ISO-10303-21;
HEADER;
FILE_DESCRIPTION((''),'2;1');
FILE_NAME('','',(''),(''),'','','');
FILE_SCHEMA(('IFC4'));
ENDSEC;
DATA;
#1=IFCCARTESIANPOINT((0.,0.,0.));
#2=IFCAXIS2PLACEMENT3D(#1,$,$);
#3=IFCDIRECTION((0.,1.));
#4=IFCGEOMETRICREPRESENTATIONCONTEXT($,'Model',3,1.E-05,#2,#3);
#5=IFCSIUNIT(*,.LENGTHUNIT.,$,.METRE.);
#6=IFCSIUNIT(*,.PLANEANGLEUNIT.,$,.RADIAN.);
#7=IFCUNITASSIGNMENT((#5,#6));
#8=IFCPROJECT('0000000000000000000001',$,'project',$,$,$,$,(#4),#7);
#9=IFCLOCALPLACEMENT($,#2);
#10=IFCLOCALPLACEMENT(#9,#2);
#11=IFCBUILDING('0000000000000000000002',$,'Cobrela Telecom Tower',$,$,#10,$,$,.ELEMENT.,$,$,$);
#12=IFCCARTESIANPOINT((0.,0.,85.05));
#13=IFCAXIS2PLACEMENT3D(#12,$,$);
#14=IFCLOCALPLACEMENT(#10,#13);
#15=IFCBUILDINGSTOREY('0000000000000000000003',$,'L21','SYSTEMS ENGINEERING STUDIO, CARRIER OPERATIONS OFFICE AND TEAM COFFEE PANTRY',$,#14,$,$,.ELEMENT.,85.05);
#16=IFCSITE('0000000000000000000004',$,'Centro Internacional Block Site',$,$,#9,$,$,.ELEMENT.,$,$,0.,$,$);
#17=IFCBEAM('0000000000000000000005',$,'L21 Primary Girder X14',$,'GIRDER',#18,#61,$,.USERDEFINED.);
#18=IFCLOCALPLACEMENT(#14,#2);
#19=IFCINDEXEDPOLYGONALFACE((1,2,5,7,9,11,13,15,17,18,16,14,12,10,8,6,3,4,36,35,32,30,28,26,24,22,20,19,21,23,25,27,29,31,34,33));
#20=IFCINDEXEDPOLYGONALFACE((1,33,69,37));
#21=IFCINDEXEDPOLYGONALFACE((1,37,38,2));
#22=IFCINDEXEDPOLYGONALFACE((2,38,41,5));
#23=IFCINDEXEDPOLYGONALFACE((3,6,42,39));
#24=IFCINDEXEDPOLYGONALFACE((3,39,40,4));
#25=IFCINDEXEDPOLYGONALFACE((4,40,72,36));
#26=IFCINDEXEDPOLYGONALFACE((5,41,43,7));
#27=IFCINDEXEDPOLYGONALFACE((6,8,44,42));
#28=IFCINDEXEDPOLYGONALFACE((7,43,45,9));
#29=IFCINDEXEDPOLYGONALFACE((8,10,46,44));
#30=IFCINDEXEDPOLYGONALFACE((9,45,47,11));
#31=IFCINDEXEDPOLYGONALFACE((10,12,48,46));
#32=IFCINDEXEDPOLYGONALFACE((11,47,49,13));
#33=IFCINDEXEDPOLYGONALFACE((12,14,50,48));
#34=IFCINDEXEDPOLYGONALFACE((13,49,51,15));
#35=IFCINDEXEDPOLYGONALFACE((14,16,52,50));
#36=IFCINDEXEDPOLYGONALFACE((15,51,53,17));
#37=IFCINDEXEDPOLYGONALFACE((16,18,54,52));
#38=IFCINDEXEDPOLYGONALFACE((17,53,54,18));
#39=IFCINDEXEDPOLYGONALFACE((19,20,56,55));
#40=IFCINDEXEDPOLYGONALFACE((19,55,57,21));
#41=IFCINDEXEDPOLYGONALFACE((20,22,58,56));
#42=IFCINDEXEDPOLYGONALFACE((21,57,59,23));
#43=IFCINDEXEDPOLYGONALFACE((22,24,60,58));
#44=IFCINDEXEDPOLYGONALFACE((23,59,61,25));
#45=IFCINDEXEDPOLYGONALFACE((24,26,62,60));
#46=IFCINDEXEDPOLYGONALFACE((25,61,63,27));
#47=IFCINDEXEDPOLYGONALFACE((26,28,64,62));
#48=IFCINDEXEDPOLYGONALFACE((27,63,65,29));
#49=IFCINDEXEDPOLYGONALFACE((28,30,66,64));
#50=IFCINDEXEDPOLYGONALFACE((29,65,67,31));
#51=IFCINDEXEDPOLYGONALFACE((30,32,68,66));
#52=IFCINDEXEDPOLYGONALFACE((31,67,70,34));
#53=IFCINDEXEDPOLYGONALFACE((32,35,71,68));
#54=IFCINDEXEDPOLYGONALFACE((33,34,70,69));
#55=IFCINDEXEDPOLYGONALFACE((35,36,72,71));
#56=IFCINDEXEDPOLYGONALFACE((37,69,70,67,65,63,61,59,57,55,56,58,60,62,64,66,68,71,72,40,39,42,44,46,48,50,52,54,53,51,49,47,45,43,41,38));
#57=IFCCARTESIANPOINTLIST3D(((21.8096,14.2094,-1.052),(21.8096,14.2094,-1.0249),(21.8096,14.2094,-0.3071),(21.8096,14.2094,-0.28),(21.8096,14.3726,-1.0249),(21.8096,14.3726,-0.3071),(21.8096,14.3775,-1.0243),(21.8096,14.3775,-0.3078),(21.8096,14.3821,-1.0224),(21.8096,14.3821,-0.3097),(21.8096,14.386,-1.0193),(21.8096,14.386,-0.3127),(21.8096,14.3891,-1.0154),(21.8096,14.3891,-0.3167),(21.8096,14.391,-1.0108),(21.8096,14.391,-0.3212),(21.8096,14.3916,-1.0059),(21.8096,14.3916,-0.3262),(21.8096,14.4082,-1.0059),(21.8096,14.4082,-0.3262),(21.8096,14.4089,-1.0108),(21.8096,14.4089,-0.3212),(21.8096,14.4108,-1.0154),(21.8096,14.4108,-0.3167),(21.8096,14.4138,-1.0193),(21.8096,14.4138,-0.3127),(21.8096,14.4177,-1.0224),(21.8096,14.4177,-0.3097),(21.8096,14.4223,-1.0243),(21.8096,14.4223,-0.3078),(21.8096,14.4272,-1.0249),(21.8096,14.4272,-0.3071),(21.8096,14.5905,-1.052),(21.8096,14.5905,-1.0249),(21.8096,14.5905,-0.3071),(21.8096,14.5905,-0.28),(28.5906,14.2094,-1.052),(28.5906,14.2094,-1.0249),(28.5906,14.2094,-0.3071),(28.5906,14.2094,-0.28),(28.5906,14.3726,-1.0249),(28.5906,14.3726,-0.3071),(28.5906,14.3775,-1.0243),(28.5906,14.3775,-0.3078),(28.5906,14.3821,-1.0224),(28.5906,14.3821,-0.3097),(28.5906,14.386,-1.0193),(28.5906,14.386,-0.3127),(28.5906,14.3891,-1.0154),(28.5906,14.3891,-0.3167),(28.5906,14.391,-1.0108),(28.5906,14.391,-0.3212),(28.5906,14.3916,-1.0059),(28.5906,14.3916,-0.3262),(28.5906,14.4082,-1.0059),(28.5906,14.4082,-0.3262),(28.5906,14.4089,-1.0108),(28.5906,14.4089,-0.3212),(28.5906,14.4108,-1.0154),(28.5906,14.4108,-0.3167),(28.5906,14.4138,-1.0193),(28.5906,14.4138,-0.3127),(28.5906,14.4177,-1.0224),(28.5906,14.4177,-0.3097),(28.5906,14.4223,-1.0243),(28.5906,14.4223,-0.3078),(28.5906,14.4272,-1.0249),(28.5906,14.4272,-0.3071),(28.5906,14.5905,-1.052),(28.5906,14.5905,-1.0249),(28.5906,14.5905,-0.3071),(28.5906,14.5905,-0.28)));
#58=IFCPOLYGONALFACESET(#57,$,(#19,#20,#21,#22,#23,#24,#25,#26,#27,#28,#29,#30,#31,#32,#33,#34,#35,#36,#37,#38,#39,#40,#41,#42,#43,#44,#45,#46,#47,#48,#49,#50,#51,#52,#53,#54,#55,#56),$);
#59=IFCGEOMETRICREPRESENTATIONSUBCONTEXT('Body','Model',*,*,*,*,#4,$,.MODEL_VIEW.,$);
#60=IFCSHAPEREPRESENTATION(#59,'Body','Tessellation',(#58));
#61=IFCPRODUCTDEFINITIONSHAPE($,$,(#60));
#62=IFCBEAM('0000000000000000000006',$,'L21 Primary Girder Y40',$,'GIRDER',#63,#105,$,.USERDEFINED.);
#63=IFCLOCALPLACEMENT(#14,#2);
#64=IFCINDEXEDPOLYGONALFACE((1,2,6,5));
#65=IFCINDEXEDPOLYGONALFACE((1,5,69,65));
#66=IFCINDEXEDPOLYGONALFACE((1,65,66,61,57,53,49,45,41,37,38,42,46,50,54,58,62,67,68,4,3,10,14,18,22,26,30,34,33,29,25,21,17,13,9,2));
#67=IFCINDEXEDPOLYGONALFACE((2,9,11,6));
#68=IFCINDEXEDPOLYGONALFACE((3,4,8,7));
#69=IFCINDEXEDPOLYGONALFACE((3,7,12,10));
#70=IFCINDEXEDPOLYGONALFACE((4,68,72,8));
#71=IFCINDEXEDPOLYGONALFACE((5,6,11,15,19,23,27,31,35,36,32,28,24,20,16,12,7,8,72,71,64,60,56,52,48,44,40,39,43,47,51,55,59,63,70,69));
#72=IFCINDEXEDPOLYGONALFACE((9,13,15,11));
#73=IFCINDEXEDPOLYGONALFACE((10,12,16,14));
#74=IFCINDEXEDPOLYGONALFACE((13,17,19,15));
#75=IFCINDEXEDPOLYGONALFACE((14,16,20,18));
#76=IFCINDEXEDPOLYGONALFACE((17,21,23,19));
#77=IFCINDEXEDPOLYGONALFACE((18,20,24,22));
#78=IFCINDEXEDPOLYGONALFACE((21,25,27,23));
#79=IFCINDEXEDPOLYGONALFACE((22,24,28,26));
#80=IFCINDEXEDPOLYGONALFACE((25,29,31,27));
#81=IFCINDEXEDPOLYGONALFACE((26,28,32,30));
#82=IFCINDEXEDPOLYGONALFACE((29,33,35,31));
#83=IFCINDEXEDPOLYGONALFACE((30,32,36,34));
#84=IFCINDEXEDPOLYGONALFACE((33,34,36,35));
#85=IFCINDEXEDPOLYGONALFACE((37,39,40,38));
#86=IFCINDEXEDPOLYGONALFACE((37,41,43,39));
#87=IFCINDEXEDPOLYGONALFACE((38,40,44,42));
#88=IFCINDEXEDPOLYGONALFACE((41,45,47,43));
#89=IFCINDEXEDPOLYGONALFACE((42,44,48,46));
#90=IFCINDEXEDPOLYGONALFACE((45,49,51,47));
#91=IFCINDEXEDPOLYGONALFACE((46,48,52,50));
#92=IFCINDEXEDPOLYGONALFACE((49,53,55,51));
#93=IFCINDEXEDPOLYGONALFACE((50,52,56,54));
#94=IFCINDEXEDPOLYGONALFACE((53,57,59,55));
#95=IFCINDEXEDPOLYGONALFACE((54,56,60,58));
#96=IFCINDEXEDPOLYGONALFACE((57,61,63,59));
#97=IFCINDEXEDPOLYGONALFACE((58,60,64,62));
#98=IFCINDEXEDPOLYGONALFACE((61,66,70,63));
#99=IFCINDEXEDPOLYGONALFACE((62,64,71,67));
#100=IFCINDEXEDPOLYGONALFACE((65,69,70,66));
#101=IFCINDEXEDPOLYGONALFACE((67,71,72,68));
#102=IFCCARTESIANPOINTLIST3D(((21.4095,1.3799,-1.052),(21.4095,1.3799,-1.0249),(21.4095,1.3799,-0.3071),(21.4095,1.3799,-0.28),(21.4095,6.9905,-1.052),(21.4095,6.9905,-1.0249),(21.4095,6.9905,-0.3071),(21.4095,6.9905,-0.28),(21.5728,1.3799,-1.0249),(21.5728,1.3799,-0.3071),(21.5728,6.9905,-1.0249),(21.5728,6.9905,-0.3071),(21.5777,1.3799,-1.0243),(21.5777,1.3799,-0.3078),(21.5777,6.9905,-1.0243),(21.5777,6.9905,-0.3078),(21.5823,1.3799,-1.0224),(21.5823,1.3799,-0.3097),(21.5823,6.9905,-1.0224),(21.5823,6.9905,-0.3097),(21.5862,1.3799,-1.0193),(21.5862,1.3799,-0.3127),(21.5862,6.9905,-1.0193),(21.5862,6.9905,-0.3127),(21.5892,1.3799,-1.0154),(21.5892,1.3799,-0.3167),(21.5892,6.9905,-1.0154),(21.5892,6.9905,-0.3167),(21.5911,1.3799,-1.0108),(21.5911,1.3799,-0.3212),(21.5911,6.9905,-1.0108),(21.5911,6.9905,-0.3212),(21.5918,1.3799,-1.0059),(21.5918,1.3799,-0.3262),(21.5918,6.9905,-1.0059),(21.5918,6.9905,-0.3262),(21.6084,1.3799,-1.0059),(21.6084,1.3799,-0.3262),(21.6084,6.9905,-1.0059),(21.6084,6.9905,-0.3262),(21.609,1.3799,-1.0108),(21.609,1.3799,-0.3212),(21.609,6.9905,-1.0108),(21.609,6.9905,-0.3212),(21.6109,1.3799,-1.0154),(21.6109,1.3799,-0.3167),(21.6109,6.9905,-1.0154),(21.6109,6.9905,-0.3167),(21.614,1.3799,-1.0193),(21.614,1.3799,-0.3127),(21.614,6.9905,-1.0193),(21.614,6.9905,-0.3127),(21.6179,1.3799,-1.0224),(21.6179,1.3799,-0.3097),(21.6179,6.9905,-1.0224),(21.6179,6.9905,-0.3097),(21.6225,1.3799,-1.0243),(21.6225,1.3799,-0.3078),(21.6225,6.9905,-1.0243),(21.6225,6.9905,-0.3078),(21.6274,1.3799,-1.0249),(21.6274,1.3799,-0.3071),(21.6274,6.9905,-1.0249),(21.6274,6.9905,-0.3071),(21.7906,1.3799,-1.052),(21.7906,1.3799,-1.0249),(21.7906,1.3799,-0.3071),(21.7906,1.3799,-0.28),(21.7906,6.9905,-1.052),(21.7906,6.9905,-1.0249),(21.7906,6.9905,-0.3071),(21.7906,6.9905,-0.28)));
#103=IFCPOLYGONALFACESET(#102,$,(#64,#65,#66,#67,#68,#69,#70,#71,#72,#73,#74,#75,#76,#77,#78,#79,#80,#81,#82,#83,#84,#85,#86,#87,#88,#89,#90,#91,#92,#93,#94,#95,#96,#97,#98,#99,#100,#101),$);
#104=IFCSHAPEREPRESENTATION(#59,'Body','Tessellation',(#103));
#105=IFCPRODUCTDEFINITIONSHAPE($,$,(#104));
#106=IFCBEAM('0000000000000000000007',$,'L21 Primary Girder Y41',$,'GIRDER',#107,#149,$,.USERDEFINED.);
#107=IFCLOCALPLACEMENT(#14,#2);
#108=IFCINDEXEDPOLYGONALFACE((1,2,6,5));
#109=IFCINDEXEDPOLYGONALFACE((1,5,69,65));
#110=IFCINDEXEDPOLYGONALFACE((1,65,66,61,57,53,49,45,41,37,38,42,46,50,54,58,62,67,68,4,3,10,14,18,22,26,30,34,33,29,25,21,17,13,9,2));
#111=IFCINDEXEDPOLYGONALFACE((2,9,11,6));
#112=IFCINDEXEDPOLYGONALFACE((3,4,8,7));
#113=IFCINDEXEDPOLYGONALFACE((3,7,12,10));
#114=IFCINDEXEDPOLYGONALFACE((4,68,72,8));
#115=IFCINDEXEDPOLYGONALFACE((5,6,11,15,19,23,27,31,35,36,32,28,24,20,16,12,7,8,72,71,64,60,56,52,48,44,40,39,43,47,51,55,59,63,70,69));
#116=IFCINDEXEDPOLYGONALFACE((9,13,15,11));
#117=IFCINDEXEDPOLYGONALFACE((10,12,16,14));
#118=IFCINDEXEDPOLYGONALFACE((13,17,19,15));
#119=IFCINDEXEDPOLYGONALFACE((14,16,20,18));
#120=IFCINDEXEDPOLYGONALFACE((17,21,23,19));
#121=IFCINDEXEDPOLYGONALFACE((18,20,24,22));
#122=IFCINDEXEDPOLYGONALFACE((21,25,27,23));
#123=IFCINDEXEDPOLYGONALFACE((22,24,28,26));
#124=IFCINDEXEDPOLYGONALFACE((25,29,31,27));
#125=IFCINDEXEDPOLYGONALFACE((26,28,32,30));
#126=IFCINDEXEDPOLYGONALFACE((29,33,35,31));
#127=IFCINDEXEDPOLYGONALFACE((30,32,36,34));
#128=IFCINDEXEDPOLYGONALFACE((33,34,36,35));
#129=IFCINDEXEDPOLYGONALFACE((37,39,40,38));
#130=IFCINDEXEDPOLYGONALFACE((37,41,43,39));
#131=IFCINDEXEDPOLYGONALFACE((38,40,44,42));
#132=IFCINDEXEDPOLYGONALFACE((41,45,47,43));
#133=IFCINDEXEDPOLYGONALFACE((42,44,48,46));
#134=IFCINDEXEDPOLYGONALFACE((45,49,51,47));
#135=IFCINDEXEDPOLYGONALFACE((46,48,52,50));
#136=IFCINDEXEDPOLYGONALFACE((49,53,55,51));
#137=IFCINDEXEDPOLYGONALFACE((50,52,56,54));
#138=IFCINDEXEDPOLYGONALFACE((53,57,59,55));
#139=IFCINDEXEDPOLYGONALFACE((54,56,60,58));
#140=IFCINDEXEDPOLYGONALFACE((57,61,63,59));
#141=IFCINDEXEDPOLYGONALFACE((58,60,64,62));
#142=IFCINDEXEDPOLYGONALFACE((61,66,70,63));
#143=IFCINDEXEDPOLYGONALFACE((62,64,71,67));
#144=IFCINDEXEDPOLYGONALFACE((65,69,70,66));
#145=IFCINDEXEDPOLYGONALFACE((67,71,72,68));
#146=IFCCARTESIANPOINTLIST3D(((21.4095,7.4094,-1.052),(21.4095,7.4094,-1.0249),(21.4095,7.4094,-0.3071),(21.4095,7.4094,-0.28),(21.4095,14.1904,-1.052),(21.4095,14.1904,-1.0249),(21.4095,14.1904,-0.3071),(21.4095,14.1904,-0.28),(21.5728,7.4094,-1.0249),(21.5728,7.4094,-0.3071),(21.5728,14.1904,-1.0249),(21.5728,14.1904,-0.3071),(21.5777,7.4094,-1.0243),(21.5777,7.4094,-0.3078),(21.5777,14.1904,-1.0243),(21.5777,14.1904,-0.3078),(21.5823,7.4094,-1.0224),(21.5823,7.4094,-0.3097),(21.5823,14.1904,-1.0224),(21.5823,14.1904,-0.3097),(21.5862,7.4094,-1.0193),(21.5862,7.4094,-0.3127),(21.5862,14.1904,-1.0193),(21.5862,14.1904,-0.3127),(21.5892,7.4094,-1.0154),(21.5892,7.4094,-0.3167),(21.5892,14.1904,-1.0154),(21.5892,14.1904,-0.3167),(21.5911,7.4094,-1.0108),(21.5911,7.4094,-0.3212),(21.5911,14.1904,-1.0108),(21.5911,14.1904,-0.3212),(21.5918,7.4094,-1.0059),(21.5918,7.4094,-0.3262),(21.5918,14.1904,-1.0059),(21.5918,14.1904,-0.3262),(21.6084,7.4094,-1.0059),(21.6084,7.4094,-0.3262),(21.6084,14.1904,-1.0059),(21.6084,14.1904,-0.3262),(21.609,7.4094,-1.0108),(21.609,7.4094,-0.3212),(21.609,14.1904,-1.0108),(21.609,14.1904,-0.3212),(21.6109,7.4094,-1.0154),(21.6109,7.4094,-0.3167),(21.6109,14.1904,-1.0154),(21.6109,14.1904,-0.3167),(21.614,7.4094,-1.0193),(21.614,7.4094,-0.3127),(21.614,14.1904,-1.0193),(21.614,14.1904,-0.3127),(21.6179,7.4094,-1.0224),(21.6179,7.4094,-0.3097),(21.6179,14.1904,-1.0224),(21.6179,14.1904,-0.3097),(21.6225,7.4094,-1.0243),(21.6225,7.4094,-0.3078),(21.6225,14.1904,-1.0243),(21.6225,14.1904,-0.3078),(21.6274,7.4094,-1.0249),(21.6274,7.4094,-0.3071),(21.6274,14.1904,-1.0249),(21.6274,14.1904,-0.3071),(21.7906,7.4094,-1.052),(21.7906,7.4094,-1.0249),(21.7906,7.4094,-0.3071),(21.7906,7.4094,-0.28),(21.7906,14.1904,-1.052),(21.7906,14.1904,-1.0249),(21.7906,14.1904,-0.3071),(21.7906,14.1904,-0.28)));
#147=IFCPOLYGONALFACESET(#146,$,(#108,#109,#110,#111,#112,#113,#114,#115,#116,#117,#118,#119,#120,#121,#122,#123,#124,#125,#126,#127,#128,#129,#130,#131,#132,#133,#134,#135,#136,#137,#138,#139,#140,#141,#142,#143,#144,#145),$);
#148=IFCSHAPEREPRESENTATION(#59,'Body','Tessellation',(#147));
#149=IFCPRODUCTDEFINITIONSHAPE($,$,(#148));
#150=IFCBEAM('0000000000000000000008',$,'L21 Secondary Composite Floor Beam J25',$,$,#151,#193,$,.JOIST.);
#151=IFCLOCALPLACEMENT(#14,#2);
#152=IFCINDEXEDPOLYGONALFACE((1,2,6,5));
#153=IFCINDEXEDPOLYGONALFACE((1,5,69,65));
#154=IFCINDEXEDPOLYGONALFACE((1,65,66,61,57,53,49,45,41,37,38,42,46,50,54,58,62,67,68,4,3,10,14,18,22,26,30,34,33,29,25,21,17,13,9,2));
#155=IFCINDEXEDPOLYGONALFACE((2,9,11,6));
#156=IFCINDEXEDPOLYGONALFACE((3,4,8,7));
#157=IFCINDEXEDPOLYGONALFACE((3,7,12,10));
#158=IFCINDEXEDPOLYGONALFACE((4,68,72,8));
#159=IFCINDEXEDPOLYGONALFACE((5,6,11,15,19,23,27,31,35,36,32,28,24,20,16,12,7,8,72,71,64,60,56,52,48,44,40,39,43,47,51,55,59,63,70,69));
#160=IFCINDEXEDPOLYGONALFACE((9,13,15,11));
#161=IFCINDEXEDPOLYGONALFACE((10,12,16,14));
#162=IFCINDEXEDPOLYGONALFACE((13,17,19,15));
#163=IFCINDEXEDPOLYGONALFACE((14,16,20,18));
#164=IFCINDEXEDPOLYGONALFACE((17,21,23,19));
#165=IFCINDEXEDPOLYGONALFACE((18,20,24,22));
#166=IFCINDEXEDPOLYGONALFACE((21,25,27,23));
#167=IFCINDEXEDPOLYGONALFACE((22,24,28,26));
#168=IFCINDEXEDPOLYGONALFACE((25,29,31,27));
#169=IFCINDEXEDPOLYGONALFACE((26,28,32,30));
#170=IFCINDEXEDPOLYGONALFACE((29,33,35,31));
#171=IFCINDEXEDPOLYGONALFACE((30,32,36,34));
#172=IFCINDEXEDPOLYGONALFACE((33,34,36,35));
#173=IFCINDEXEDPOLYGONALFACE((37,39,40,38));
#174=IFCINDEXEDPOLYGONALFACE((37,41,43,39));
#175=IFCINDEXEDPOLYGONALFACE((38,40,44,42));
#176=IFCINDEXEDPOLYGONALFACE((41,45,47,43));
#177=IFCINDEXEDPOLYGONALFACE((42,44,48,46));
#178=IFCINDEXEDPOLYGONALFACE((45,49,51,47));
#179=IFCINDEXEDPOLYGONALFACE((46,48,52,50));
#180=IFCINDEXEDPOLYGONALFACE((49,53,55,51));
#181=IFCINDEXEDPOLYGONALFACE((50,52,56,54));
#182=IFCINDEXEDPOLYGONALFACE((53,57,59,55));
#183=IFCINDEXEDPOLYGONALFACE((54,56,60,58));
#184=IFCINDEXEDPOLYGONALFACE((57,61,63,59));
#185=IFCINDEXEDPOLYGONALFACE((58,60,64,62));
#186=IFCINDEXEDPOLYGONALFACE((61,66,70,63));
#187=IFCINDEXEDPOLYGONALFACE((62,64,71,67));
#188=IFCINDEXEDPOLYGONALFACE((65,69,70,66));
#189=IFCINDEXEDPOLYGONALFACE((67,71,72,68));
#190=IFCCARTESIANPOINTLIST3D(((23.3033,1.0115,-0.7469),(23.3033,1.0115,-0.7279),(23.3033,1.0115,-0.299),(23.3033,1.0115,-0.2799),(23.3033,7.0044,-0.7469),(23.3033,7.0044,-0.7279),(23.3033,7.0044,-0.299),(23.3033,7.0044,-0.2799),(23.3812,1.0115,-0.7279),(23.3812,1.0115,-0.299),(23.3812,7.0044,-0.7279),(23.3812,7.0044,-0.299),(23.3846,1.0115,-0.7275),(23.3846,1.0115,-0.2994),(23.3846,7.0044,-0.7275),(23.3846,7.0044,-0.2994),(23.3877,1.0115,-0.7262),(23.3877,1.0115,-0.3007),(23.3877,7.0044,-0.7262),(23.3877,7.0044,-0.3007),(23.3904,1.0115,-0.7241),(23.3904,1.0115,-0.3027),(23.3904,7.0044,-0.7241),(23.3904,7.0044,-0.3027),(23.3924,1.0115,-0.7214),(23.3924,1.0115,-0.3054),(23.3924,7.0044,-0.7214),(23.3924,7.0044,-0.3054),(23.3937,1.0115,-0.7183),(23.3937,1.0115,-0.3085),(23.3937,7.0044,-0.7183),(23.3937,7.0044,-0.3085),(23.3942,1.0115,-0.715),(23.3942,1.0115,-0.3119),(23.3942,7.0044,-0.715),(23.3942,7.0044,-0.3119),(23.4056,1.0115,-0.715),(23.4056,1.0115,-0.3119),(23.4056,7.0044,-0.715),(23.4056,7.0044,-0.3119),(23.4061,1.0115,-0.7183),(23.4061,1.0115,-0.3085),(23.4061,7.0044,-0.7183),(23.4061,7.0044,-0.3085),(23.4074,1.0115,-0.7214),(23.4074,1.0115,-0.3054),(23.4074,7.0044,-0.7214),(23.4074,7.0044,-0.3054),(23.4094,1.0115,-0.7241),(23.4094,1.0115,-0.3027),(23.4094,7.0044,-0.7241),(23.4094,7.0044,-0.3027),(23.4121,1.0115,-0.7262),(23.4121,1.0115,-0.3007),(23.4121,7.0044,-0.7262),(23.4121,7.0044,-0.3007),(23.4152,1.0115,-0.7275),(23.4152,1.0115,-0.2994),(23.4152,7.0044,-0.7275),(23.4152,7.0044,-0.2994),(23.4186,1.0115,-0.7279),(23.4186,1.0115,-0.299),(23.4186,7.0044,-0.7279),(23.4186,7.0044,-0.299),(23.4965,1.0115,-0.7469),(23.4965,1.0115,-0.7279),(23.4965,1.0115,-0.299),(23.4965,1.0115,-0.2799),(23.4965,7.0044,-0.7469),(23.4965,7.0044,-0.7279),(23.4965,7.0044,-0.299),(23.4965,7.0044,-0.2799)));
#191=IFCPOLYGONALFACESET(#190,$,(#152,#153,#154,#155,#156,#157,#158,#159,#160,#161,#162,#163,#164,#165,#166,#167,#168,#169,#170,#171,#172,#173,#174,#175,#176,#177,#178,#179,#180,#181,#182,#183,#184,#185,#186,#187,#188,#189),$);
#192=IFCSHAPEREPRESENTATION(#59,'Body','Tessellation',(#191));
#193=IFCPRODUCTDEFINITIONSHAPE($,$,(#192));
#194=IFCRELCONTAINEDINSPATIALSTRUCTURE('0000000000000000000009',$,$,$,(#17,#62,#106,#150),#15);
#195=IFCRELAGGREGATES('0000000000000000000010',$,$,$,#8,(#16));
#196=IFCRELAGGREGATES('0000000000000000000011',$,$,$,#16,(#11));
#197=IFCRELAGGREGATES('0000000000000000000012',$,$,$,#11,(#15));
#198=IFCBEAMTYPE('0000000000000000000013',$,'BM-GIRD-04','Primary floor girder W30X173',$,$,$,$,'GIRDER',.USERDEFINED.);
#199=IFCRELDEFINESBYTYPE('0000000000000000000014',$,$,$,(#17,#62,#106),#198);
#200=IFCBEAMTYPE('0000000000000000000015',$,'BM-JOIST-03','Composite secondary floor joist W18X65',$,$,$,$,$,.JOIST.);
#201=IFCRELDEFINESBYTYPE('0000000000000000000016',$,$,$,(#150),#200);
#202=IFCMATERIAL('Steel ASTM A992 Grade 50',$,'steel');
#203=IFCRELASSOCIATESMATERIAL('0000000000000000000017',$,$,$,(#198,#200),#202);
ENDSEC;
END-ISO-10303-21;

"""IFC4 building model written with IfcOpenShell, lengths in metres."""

from ifc_helpers import new_model, si_unit, direction, frame, origin, origin_2d, place, context, subcontext, project, spatial, i_section, extrude, material, material_profile, profile_set, type_object, element, save


model = new_model("IFC4")

# Units and contexts
model_context = context("Model", 3, precision=1e-05, world=origin(), true_north=direction((0.0, 1.0)))
body_context = subcontext(model_context, "Body", "Model", "MODEL_VIEW")
ifc_project = project(units=[si_unit("LENGTHUNIT", "METRE"), si_unit("PLANEANGLEUNIT", "RADIAN")], contexts=[model_context])

# Site, building, storey
site_placement = place(None, origin())
site = spatial("IfcSite", under=ifc_project, at=site_placement, Name="Centro Internacional Block Site", CompositionType="ELEMENT", RefElevation=0.0)
building_placement = place(site_placement, origin())
building = spatial("IfcBuilding", under=site, at=building_placement, Name="Cobrela Telecom Tower", CompositionType="ELEMENT")
storey_placement = place(building_placement, frame((0.0, 0.0, 85.05)))
storey = spatial("IfcBuildingStorey", under=building, at=storey_placement, Name="L21", Description="SYSTEMS ENGINEERING STUDIO, CARRIER OPERATIONS OFFICE AND TEAM COFFEE PANTRY", CompositionType="ELEMENT", Elevation=85.05)

# Shared definitions
ifc_material_1 = material(Name="Steel ASTM A992 Grade 50", Category="steel")

# Beams
ifc_material_profile_1 = material_profile(ifc_material_1, i_section(OverallWidth=0.3811, OverallDepth=0.772, WebThickness=0.0166, FlangeThickness=0.0271, FilletRadius=0.019, at=origin_2d()), Name="W30X173")
ifc_profile_set_1 = profile_set([ifc_material_profile_1], Name="Steel ASTM A992 Grade 50")
beam_type_1 = type_object("IfcBeamType", Name="BM-GIRD-04", Description="Primary floor girder W30X173", ElementType="GIRDER", PredefinedType="USERDEFINED", material=ifc_profile_set_1)
for number, where, z_axis, x_axis, name in (
    (1, (21.8096, 14.3999, -0.666), (1.0, 0.0, 0.0), (0.0, 1.0, 0.0), "L21 Primary Girder X14"),
):
    element("IfcBeam", number, at=place(storey_placement, frame(where, z_axis=z_axis, x_axis=x_axis)), inside=storey, type_object=beam_type_1, Name=name, ObjectType="GIRDER", PredefinedType="USERDEFINED", context=body_context, shape_type="SweptSolid", body=[
        extrude(i_section(OverallWidth=0.3811, OverallDepth=0.772, WebThickness=0.0166, FlangeThickness=0.0271, FilletRadius=0.019, at=origin_2d()), origin(), (0.0, 0.0, 1.0), 6.781),
    ])
beam_1_placement = place(storey_placement, frame((21.6001, 1.3799, -0.666), z_axis=(0.0, 1.0, 0.0), x_axis=(-1.0, 0.0, 0.0)))
element("IfcBeam", 2, at=beam_1_placement, inside=storey, type_object=beam_type_1, Name="L21 Primary Girder Y40", ObjectType="GIRDER", PredefinedType="USERDEFINED", context=body_context, shape_type="SweptSolid", body=[
    extrude(i_section(OverallWidth=0.3811, OverallDepth=0.772, WebThickness=0.0166, FlangeThickness=0.0271, FilletRadius=0.019, at=origin_2d()), origin(), (0.0, 0.0, 1.0), 5.6106),
])
beam_2_placement = place(storey_placement, frame((21.6001, 7.4094, -0.666), z_axis=(0.0, 1.0, 0.0), x_axis=(-1.0, 0.0, 0.0)))
element("IfcBeam", 3, at=beam_2_placement, inside=storey, type_object=beam_type_1, Name="L21 Primary Girder Y41", ObjectType="GIRDER", PredefinedType="USERDEFINED", context=body_context, shape_type="SweptSolid", body=[
    extrude(i_section(OverallWidth=0.3811, OverallDepth=0.772, WebThickness=0.0166, FlangeThickness=0.0271, FilletRadius=0.019, at=origin_2d()), origin(), (0.0, 0.0, 1.0), 6.781),
])
ifc_material_profile_2 = material_profile(ifc_material_1, i_section(OverallWidth=0.1931, OverallDepth=0.467, WebThickness=0.0115, FlangeThickness=0.019, FilletRadius=0.0129, at=origin_2d()), Name="W18X65")
ifc_profile_set_2 = profile_set([ifc_material_profile_2], Name="Steel ASTM A992 Grade 50")
beam_type_2 = type_object("IfcBeamType", Name="BM-JOIST-03", Description="Composite secondary floor joist W18X65", PredefinedType="JOIST", material=ifc_profile_set_2)
beam_3_placement = place(storey_placement, frame((23.3999, 1.0115, -0.5134), z_axis=(0.0, 1.0, 0.0), x_axis=(-1.0, 0.0, 0.0)))
element("IfcBeam", 4, at=beam_3_placement, inside=storey, type_object=beam_type_2, Name="L21 Secondary Composite Floor Beam J25", PredefinedType="JOIST", context=body_context, shape_type="SweptSolid", body=[
    extrude(i_section(OverallWidth=0.1931, OverallDepth=0.467, WebThickness=0.0115, FlangeThickness=0.019, FilletRadius=0.0129, at=origin_2d()), origin(), (0.0, 0.0, 1.0), 5.9929),
])

save(model, "model.ifc")
